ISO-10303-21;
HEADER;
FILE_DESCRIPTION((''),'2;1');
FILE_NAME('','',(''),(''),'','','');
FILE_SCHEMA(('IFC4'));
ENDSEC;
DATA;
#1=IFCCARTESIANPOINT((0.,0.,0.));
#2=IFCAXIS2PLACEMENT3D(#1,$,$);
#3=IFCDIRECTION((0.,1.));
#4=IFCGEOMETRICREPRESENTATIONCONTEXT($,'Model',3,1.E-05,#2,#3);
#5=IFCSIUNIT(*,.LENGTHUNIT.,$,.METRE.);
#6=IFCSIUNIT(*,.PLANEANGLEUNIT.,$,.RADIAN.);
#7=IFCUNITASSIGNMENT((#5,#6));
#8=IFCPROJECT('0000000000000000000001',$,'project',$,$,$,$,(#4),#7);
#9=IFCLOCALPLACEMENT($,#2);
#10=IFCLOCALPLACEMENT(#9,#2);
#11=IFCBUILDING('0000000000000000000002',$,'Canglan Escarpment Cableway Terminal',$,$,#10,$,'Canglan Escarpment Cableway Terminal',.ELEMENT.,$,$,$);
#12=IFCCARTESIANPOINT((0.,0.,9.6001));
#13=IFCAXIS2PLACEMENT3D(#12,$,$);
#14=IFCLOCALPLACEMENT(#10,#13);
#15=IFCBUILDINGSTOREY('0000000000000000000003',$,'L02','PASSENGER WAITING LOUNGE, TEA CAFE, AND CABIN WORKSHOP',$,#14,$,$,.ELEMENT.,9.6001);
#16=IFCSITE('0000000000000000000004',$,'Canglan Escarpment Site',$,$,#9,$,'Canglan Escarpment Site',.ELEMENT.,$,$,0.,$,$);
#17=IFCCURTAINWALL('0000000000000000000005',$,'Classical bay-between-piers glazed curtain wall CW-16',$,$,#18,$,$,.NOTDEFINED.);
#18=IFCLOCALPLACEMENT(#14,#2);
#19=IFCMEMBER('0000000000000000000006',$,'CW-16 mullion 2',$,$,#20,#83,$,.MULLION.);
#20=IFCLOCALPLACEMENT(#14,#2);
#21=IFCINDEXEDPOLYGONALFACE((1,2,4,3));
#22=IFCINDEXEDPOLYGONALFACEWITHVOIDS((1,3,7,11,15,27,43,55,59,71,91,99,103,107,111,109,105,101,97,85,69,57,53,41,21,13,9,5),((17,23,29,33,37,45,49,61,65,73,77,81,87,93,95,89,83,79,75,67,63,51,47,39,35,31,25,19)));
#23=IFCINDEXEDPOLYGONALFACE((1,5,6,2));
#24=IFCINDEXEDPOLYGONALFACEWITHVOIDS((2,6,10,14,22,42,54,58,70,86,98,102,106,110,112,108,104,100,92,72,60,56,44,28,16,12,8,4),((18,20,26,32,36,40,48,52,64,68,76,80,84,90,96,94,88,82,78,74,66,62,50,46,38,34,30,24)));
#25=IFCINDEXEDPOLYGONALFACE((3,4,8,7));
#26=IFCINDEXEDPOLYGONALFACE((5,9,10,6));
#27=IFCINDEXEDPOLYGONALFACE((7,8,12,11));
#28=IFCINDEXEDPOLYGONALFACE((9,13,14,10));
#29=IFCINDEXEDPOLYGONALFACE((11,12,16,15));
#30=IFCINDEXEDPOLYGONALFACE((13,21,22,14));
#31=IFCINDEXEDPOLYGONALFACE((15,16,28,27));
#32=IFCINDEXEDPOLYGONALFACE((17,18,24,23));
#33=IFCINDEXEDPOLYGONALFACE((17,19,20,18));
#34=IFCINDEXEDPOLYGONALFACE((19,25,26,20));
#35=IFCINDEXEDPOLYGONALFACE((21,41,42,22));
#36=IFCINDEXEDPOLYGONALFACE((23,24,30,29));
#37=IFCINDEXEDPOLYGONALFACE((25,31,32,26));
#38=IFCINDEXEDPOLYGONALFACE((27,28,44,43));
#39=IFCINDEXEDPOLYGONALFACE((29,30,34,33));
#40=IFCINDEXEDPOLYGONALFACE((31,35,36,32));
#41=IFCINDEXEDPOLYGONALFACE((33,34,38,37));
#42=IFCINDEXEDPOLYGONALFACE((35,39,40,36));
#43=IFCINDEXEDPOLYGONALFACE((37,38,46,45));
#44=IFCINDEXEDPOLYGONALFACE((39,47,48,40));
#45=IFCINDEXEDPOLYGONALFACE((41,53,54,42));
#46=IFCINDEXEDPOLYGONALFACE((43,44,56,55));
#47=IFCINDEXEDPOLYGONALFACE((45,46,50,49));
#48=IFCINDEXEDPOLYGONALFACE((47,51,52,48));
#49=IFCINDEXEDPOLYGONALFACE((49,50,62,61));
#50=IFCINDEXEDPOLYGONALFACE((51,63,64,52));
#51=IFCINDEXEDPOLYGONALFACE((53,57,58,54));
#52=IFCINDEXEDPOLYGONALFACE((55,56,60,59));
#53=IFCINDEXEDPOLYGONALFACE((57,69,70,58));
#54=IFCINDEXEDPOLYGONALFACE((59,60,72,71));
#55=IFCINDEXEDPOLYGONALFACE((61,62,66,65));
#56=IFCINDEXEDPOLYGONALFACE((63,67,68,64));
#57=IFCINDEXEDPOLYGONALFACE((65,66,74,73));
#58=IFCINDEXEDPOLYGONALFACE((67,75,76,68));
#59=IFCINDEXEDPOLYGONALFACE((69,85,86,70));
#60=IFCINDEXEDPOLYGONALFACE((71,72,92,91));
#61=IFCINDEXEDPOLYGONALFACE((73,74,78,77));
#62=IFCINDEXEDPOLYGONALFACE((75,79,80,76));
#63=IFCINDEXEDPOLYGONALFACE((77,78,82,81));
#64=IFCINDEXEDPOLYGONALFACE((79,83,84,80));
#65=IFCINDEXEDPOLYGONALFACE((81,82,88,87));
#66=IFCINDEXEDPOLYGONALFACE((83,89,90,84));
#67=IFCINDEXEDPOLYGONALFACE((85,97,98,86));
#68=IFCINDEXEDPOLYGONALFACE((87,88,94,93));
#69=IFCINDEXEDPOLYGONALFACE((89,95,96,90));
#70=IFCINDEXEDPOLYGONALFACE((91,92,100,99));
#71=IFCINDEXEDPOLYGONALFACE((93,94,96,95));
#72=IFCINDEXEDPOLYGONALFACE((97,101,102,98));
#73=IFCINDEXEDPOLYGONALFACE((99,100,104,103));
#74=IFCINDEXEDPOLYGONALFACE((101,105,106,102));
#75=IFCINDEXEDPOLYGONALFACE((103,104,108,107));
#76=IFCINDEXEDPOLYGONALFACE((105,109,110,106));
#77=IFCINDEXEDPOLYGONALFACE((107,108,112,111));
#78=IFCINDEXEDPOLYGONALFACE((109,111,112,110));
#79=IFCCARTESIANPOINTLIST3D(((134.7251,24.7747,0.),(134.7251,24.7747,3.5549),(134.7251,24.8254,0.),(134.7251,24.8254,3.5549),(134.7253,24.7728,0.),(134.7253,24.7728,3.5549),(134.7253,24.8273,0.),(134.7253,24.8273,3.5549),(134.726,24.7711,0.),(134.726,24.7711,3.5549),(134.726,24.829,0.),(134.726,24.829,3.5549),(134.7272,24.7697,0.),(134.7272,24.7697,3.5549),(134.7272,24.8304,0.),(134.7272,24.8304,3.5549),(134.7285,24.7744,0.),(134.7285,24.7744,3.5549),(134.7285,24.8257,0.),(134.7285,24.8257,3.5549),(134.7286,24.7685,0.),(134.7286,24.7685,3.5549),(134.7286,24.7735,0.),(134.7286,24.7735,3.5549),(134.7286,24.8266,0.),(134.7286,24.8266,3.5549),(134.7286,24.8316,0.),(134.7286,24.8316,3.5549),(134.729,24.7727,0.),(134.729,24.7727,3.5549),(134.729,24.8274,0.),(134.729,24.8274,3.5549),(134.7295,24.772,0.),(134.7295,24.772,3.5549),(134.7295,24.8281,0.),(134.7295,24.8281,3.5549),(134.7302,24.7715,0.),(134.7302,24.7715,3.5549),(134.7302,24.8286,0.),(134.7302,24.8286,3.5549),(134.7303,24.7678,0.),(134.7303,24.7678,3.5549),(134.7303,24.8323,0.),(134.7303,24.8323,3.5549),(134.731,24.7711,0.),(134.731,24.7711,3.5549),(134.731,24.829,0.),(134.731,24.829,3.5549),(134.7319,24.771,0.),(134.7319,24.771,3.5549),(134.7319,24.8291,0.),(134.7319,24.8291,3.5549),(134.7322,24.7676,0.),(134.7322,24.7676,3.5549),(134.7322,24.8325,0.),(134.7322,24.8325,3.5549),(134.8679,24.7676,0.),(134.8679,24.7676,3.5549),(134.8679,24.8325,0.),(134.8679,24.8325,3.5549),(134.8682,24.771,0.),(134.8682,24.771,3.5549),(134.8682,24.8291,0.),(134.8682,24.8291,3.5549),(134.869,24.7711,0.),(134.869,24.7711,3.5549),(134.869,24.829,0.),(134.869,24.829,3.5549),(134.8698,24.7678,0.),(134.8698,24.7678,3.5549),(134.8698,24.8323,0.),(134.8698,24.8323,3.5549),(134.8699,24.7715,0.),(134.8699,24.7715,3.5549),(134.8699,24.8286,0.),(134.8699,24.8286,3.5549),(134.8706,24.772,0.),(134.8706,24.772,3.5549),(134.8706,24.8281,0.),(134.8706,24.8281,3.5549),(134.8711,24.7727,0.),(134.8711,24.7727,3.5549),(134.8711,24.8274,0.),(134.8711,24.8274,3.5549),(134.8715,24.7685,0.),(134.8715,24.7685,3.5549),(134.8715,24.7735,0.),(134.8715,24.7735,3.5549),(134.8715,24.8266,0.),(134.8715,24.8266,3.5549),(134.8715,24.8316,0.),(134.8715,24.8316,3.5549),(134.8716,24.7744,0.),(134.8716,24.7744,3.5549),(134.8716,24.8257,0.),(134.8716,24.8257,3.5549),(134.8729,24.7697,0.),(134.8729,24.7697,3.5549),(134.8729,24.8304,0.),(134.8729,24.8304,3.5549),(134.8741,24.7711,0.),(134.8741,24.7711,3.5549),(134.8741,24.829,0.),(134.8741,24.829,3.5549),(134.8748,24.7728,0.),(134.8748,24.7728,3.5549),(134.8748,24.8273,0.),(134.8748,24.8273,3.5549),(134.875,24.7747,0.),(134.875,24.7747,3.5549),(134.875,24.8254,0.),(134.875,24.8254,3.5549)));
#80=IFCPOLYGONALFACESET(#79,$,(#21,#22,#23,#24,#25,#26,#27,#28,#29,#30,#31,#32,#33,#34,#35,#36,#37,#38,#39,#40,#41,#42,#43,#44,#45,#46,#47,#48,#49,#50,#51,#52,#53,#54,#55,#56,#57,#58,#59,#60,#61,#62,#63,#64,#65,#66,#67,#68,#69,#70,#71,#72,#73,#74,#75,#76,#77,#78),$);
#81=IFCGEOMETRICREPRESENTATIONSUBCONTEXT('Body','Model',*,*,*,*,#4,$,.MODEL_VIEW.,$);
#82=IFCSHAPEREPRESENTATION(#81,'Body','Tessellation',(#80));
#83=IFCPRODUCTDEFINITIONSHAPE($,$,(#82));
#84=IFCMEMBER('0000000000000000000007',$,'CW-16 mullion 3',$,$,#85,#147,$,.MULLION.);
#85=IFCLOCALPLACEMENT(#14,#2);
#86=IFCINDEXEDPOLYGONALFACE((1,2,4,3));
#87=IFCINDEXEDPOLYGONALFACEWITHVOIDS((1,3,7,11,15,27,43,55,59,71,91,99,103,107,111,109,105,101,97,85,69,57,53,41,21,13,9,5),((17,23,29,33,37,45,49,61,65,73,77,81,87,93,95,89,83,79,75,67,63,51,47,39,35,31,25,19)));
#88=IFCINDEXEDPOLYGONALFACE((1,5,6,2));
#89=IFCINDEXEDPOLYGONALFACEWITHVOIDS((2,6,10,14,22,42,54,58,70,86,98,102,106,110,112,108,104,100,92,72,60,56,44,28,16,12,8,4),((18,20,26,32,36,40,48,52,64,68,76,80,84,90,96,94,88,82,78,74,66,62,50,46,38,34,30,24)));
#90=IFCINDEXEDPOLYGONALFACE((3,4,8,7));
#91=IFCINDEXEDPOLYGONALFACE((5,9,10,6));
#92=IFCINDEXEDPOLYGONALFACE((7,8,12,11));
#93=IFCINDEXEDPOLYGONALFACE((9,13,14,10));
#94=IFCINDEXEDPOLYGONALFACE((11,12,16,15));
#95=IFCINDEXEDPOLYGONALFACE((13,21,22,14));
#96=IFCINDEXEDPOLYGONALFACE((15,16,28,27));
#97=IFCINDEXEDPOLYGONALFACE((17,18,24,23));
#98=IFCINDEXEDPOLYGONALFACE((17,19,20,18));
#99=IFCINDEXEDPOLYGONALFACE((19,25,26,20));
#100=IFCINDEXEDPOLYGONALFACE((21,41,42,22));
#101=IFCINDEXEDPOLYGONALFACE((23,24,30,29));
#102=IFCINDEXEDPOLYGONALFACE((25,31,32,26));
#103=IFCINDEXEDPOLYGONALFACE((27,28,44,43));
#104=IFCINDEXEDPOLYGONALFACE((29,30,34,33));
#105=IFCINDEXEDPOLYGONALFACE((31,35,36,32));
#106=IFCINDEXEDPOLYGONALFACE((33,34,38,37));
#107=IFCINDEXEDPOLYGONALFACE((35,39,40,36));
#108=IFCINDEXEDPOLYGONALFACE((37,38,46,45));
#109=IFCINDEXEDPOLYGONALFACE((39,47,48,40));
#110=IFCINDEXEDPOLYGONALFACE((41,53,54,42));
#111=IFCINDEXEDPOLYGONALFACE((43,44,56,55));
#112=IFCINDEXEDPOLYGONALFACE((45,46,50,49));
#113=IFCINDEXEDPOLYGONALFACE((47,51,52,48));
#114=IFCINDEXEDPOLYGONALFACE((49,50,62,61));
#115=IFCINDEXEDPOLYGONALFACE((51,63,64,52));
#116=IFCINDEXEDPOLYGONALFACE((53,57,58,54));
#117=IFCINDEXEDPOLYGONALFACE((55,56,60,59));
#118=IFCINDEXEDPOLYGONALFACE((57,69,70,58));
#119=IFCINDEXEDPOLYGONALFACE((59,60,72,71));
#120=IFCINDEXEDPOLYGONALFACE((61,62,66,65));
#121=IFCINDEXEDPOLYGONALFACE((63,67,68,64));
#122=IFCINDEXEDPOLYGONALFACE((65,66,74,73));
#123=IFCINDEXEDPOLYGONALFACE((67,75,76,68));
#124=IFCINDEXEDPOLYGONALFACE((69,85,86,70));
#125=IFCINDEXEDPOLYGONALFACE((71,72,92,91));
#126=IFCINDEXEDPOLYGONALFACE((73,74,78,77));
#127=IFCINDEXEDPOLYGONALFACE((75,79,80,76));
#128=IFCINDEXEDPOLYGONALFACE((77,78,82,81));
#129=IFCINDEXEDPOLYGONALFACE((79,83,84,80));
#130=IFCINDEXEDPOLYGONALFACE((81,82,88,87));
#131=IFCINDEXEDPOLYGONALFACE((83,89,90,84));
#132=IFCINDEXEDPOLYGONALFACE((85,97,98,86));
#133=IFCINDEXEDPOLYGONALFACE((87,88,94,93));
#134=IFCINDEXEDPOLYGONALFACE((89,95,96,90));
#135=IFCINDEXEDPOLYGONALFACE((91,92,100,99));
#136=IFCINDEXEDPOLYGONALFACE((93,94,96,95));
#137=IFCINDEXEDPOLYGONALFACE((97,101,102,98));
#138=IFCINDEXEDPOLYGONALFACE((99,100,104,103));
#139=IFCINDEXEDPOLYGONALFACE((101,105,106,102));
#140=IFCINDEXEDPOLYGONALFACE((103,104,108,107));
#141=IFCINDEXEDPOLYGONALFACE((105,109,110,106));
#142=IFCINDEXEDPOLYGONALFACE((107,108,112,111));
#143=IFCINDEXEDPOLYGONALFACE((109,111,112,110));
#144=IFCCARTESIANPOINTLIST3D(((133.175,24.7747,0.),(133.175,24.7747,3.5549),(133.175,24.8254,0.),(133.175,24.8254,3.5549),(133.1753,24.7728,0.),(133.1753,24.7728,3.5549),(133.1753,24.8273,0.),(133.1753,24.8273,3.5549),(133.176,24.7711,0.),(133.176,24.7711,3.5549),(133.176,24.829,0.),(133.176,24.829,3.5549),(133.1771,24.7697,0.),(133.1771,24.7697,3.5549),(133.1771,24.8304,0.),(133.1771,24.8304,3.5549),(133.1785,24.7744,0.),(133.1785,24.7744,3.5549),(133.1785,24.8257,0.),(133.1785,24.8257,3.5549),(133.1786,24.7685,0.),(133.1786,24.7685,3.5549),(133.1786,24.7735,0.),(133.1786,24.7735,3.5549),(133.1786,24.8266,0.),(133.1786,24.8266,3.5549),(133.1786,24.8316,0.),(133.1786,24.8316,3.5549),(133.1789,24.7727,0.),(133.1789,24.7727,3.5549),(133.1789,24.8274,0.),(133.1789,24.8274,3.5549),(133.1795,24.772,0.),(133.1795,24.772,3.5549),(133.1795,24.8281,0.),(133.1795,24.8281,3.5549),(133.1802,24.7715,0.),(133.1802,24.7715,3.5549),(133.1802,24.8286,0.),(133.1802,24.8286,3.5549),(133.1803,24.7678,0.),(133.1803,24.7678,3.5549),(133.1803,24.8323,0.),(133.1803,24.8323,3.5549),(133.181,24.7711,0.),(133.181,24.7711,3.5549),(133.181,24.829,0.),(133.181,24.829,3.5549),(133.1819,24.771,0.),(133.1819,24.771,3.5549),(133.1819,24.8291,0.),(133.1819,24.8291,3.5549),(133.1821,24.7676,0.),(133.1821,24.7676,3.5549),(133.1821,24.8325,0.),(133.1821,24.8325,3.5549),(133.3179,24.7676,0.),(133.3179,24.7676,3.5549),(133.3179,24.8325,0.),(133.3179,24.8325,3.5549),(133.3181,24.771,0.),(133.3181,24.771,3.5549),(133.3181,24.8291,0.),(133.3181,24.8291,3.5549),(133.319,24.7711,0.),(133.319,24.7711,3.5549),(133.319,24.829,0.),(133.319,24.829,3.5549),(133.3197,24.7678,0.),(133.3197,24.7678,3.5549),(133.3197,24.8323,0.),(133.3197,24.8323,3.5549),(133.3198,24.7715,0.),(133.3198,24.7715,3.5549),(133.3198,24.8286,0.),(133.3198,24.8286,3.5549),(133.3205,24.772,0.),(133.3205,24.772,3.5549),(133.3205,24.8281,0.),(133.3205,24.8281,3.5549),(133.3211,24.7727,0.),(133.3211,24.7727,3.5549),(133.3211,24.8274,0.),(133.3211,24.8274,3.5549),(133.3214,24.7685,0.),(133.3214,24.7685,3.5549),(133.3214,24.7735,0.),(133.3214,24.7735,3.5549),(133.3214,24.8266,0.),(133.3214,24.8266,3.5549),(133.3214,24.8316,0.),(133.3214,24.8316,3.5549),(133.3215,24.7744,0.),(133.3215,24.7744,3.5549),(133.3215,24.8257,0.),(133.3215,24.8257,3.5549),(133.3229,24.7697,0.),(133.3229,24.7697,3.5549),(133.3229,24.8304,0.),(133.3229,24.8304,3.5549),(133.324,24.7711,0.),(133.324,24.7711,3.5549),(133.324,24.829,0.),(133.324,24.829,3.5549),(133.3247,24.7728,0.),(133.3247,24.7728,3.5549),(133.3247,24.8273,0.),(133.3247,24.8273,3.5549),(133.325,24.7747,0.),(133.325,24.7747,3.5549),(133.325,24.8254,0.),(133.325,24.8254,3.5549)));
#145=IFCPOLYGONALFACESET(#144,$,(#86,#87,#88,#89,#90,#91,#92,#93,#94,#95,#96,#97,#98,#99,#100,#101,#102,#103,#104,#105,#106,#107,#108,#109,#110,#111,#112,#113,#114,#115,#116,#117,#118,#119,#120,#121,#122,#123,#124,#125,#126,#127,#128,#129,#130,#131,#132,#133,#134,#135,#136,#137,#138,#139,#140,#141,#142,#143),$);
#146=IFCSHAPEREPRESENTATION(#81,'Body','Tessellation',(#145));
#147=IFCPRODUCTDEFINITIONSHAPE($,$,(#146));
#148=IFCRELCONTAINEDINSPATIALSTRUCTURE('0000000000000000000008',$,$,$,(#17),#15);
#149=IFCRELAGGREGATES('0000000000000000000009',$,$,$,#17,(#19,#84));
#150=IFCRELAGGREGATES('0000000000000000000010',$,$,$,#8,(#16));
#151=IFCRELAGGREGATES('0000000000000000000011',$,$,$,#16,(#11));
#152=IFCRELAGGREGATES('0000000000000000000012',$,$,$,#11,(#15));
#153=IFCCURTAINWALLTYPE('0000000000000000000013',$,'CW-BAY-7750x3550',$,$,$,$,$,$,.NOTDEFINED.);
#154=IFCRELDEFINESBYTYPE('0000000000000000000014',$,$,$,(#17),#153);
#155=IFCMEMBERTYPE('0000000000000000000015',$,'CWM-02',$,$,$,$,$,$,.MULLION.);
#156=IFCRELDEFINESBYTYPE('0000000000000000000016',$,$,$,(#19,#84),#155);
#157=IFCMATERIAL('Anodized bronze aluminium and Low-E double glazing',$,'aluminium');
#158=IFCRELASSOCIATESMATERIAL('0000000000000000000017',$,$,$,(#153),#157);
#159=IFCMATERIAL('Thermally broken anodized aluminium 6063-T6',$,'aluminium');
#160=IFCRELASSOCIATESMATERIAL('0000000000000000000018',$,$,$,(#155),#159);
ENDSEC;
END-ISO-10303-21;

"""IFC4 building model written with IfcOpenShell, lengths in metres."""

from ifc_helpers import new_model, si_unit, direction, frame, origin, origin_2d, place, context, subcontext, project, spatial, hollow_rectangle, extrude, material, material_profile, profile_set, type_object, element, aggregate, save


model = new_model("IFC4")

# Units and contexts
model_context = context("Model", 3, precision=1e-05, world=origin(), true_north=direction((0.0, 1.0)))
body_context = subcontext(model_context, "Body", "Model", "MODEL_VIEW")
ifc_project = project(units=[si_unit("LENGTHUNIT", "METRE"), si_unit("PLANEANGLEUNIT", "RADIAN")], contexts=[model_context])

# Site, building, storey
site_placement = place(None, origin())
site = spatial("IfcSite", under=ifc_project, at=site_placement, Name="Canglan Escarpment Site", LongName="Canglan Escarpment Site", CompositionType="ELEMENT", RefElevation=0.0)
building_placement = place(site_placement, origin())
building = spatial("IfcBuilding", under=site, at=building_placement, Name="Canglan Escarpment Cableway Terminal", LongName="Canglan Escarpment Cableway Terminal", CompositionType="ELEMENT")
storey_placement = place(building_placement, frame((0.0, 0.0, 9.6001)))
storey = spatial("IfcBuildingStorey", under=building, at=storey_placement, Name="L02", Description="PASSENGER WAITING LOUNGE, TEA CAFE, AND CABIN WORKSHOP", CompositionType="ELEMENT", Elevation=9.6001)

# Curtain wall, members
ifc_material_1 = material(Name="Anodized bronze aluminium and Low-E double glazing", Category="aluminium")
curtain_wall_type = type_object("IfcCurtainWallType", Name="CW-BAY-7750x3550", PredefinedType="NOTDEFINED", material=ifc_material_1)
curtain_wall_placement = place(storey_placement, origin())
curtain_wall = element("IfcCurtainWall", 1, at=curtain_wall_placement, inside=storey, type_object=curtain_wall_type, Name="Classical bay-between-piers glazed curtain wall CW-16", PredefinedType="NOTDEFINED")
ifc_material_2 = material(Name="Thermally broken anodized aluminium 6063-T6", Category="aluminium")
ifc_material_profile_1 = material_profile(ifc_material_2, hollow_rectangle(XDim=0.0649, YDim=0.1499, WallThickness=0.0034, InnerFilletRadius=0.0034, OuterFilletRadius=0.0071, at=origin_2d()), Name="ALU-MULL 65x150x3.5")
ifc_profile_set_1 = profile_set([ifc_material_profile_1], Name="Thermally broken anodized aluminium 6063-T6")
member_type_1 = type_object("IfcMemberType", Name="CWM-02", PredefinedType="MULLION", material=ifc_profile_set_1)
member_1_placement = place(storey_placement, frame((134.8, 24.8, 0.0), z_axis=(0.0, 0.0, 1.0), x_axis=(0.0, -1.0, 0.0)))
member_1 = element("IfcMember", 2, at=member_1_placement, type_object=member_type_1, Name="CW-16 mullion 2", PredefinedType="MULLION", context=body_context, shape_type="SweptSolid", body=[
    extrude(hollow_rectangle(XDim=0.0649, YDim=0.1499, WallThickness=0.0034, InnerFilletRadius=0.0034, OuterFilletRadius=0.0071, at=origin_2d()), origin(), (0.0, 0.0, 1.0), 3.5549),
])
member_2_placement = place(storey_placement, frame((133.25, 24.8, 0.0), z_axis=(0.0, 0.0, 1.0), x_axis=(0.0, -1.0, 0.0)))
member_2 = element("IfcMember", 3, at=member_2_placement, type_object=member_type_1, Name="CW-16 mullion 3", PredefinedType="MULLION", context=body_context, shape_type="SweptSolid", body=[
    extrude(hollow_rectangle(XDim=0.0649, YDim=0.1499, WallThickness=0.0034, InnerFilletRadius=0.0034, OuterFilletRadius=0.0071, at=origin_2d()), origin(), (0.0, 0.0, 1.0), 3.5549),
])
aggregate(curtain_wall, [member_1, member_2])

save(model, "model.ifc")
